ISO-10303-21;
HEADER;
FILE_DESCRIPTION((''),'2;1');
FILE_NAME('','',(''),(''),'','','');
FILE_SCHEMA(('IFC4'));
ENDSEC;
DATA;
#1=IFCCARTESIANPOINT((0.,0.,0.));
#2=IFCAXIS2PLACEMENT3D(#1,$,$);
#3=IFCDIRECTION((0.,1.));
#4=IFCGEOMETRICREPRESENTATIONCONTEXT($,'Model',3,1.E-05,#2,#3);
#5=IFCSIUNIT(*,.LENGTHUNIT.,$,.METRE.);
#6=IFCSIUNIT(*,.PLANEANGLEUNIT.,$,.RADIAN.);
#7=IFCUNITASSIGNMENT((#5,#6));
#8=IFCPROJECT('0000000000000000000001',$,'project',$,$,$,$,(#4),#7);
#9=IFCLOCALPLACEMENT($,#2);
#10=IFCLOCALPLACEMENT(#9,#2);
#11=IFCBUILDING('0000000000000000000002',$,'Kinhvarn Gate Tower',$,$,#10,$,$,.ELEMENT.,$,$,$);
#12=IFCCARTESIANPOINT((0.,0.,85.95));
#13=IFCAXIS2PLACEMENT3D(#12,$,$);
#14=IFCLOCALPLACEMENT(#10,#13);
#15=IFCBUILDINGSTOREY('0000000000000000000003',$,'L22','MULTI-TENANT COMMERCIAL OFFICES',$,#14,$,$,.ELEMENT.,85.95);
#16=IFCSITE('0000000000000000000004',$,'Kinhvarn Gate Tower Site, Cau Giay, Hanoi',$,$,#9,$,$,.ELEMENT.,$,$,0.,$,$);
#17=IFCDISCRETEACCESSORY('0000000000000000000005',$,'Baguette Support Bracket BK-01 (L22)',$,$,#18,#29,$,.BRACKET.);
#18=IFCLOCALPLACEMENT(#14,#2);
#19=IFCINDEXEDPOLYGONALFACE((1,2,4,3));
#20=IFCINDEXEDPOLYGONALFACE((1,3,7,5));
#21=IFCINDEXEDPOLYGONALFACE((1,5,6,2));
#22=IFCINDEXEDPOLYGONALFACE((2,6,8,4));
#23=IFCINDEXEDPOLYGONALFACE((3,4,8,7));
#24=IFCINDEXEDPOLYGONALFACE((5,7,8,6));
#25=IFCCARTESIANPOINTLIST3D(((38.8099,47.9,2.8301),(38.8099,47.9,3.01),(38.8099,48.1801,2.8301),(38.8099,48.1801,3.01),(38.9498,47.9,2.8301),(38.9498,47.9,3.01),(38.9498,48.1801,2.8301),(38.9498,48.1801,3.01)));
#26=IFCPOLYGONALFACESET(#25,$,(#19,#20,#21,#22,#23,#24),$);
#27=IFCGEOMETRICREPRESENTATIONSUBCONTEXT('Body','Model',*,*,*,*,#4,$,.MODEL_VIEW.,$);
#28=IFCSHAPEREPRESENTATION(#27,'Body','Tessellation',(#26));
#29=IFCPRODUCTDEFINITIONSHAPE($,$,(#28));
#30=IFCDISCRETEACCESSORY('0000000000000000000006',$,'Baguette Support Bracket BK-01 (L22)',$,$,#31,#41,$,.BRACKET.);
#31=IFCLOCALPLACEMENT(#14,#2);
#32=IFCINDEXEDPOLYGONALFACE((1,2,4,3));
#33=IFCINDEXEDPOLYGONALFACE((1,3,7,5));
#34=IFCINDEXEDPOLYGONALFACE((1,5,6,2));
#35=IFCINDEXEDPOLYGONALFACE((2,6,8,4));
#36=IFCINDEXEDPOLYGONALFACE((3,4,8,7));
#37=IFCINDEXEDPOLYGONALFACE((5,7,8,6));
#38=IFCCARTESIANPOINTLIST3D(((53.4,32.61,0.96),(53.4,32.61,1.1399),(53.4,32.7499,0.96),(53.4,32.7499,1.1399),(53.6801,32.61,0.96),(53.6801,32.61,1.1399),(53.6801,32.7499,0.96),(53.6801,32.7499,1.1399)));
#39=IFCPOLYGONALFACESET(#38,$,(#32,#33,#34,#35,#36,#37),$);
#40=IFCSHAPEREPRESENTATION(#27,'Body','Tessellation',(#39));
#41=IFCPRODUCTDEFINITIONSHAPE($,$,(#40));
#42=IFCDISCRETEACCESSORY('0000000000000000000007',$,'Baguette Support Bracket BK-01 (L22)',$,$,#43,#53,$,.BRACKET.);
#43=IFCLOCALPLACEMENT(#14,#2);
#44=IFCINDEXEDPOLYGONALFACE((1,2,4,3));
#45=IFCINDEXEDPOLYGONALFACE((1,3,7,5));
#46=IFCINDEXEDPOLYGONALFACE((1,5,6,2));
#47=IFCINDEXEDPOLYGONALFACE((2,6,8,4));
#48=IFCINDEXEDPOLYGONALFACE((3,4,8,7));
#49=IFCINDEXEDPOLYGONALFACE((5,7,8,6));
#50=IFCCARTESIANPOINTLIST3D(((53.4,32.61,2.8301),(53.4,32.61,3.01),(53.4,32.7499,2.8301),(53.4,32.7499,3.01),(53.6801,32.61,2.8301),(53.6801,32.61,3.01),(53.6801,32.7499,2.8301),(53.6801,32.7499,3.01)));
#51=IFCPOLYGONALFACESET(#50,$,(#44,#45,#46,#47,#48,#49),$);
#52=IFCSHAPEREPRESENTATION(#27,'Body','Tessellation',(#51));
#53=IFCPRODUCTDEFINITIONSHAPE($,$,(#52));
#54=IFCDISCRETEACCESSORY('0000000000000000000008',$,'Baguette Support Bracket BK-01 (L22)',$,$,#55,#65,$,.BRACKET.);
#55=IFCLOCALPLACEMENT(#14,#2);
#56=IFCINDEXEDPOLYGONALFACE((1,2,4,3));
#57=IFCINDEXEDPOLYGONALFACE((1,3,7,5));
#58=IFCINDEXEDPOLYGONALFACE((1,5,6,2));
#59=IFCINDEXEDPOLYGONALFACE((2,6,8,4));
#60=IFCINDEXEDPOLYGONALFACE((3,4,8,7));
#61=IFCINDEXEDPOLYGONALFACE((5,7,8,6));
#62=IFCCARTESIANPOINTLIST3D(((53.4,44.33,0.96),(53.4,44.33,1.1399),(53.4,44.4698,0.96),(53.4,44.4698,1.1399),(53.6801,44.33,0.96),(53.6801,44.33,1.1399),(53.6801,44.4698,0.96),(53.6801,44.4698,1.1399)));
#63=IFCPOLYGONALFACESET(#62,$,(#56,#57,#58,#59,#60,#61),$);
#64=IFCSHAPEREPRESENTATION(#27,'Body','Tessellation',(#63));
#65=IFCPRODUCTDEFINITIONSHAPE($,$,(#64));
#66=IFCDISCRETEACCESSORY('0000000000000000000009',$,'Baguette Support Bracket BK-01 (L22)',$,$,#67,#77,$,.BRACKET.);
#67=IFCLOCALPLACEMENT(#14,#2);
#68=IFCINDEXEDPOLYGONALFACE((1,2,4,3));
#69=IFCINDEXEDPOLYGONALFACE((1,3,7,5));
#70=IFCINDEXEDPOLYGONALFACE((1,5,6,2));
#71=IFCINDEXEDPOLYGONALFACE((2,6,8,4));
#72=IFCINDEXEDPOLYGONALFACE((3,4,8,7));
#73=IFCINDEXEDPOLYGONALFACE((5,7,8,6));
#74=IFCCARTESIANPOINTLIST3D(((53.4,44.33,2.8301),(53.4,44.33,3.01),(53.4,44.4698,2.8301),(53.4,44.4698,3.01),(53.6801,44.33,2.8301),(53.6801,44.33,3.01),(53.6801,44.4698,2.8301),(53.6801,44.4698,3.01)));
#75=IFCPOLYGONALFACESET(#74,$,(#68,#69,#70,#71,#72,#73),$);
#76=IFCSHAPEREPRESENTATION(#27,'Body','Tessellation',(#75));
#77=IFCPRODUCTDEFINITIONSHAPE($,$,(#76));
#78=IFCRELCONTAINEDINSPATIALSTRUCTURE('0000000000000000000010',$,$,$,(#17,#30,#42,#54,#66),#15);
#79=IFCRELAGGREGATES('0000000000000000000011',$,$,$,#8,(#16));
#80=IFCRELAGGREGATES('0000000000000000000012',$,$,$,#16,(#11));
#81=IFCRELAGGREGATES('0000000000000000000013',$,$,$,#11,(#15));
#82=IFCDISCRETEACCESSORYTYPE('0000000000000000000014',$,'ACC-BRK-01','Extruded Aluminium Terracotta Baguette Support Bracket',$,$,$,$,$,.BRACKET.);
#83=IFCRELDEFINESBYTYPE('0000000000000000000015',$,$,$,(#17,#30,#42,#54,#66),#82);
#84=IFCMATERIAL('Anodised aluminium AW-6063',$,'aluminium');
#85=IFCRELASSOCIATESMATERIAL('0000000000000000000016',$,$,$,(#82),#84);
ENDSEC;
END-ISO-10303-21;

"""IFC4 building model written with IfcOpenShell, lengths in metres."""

from ifc_helpers import new_model, si_unit, direction, frame, origin, origin_2d, place, context, subcontext, project, spatial, rectangle, extrude, material, type_object, element, save


model = new_model("IFC4")

# Units and contexts
model_context = context("Model", 3, precision=1e-05, world=origin(), true_north=direction((0.0, 1.0)))
body_context = subcontext(model_context, "Body", "Model", "MODEL_VIEW")
ifc_project = project(units=[si_unit("LENGTHUNIT", "METRE"), si_unit("PLANEANGLEUNIT", "RADIAN")], contexts=[model_context])

# Site, building, storey
site_placement = place(None, origin())
site = spatial("IfcSite", under=ifc_project, at=site_placement, Name="Kinhvarn Gate Tower Site, Cau Giay, Hanoi", CompositionType="ELEMENT", RefElevation=0.0)
building_placement = place(site_placement, origin())
building = spatial("IfcBuilding", under=site, at=building_placement, Name="Kinhvarn Gate Tower", CompositionType="ELEMENT")
storey_placement = place(building_placement, frame((0.0, 0.0, 85.95)))
storey = spatial("IfcBuildingStorey", under=building, at=storey_placement, Name="L22", Description="MULTI-TENANT COMMERCIAL OFFICES", CompositionType="ELEMENT", Elevation=85.95)

# Shared definitions
ifc_material_1 = material(Name="Anodised aluminium AW-6063", Category="aluminium")

# Discrete accessories
discrete_accessory_type = type_object("IfcDiscreteAccessoryType", Name="ACC-BRK-01", Description="Extruded Aluminium Terracotta Baguette Support Bracket", PredefinedType="BRACKET", material=ifc_material_1)
for number, where, z_axis, x_axis, name in (
    (1, (38.8799, 48.04, 2.8301), (0.0, 0.0, 1.0), (-1.0, 0.0, 0.0), "Baguette Support Bracket BK-01 (L22)"),
    (2, (53.54, 32.6799, 0.96), (0.0, 0.0, 1.0), (0.0, 1.0, 0.0), "Baguette Support Bracket BK-01 (L22)"),
    (3, (53.54, 32.6799, 2.8301), (0.0, 0.0, 1.0), (0.0, 1.0, 0.0), "Baguette Support Bracket BK-01 (L22)"),
    (4, (53.54, 44.3999, 0.96), (0.0, 0.0, 1.0), (0.0, 1.0, 0.0), "Baguette Support Bracket BK-01 (L22)"),
    (5, (53.54, 44.3999, 2.8301), (0.0, 0.0, 1.0), (0.0, 1.0, 0.0), "Baguette Support Bracket BK-01 (L22)"),
):
    element("IfcDiscreteAccessory", number, at=place(storey_placement, frame(where, z_axis=z_axis, x_axis=x_axis)), inside=storey, type_object=discrete_accessory_type, Name=name, PredefinedType="BRACKET", context=body_context, shape_type="SweptSolid", body=[
        extrude(rectangle(XDim=0.1399, YDim=0.28, at=origin_2d()), origin(), (0.0, 0.0, 1.0), 0.1799),
    ])

save(model, "model.ifc")
